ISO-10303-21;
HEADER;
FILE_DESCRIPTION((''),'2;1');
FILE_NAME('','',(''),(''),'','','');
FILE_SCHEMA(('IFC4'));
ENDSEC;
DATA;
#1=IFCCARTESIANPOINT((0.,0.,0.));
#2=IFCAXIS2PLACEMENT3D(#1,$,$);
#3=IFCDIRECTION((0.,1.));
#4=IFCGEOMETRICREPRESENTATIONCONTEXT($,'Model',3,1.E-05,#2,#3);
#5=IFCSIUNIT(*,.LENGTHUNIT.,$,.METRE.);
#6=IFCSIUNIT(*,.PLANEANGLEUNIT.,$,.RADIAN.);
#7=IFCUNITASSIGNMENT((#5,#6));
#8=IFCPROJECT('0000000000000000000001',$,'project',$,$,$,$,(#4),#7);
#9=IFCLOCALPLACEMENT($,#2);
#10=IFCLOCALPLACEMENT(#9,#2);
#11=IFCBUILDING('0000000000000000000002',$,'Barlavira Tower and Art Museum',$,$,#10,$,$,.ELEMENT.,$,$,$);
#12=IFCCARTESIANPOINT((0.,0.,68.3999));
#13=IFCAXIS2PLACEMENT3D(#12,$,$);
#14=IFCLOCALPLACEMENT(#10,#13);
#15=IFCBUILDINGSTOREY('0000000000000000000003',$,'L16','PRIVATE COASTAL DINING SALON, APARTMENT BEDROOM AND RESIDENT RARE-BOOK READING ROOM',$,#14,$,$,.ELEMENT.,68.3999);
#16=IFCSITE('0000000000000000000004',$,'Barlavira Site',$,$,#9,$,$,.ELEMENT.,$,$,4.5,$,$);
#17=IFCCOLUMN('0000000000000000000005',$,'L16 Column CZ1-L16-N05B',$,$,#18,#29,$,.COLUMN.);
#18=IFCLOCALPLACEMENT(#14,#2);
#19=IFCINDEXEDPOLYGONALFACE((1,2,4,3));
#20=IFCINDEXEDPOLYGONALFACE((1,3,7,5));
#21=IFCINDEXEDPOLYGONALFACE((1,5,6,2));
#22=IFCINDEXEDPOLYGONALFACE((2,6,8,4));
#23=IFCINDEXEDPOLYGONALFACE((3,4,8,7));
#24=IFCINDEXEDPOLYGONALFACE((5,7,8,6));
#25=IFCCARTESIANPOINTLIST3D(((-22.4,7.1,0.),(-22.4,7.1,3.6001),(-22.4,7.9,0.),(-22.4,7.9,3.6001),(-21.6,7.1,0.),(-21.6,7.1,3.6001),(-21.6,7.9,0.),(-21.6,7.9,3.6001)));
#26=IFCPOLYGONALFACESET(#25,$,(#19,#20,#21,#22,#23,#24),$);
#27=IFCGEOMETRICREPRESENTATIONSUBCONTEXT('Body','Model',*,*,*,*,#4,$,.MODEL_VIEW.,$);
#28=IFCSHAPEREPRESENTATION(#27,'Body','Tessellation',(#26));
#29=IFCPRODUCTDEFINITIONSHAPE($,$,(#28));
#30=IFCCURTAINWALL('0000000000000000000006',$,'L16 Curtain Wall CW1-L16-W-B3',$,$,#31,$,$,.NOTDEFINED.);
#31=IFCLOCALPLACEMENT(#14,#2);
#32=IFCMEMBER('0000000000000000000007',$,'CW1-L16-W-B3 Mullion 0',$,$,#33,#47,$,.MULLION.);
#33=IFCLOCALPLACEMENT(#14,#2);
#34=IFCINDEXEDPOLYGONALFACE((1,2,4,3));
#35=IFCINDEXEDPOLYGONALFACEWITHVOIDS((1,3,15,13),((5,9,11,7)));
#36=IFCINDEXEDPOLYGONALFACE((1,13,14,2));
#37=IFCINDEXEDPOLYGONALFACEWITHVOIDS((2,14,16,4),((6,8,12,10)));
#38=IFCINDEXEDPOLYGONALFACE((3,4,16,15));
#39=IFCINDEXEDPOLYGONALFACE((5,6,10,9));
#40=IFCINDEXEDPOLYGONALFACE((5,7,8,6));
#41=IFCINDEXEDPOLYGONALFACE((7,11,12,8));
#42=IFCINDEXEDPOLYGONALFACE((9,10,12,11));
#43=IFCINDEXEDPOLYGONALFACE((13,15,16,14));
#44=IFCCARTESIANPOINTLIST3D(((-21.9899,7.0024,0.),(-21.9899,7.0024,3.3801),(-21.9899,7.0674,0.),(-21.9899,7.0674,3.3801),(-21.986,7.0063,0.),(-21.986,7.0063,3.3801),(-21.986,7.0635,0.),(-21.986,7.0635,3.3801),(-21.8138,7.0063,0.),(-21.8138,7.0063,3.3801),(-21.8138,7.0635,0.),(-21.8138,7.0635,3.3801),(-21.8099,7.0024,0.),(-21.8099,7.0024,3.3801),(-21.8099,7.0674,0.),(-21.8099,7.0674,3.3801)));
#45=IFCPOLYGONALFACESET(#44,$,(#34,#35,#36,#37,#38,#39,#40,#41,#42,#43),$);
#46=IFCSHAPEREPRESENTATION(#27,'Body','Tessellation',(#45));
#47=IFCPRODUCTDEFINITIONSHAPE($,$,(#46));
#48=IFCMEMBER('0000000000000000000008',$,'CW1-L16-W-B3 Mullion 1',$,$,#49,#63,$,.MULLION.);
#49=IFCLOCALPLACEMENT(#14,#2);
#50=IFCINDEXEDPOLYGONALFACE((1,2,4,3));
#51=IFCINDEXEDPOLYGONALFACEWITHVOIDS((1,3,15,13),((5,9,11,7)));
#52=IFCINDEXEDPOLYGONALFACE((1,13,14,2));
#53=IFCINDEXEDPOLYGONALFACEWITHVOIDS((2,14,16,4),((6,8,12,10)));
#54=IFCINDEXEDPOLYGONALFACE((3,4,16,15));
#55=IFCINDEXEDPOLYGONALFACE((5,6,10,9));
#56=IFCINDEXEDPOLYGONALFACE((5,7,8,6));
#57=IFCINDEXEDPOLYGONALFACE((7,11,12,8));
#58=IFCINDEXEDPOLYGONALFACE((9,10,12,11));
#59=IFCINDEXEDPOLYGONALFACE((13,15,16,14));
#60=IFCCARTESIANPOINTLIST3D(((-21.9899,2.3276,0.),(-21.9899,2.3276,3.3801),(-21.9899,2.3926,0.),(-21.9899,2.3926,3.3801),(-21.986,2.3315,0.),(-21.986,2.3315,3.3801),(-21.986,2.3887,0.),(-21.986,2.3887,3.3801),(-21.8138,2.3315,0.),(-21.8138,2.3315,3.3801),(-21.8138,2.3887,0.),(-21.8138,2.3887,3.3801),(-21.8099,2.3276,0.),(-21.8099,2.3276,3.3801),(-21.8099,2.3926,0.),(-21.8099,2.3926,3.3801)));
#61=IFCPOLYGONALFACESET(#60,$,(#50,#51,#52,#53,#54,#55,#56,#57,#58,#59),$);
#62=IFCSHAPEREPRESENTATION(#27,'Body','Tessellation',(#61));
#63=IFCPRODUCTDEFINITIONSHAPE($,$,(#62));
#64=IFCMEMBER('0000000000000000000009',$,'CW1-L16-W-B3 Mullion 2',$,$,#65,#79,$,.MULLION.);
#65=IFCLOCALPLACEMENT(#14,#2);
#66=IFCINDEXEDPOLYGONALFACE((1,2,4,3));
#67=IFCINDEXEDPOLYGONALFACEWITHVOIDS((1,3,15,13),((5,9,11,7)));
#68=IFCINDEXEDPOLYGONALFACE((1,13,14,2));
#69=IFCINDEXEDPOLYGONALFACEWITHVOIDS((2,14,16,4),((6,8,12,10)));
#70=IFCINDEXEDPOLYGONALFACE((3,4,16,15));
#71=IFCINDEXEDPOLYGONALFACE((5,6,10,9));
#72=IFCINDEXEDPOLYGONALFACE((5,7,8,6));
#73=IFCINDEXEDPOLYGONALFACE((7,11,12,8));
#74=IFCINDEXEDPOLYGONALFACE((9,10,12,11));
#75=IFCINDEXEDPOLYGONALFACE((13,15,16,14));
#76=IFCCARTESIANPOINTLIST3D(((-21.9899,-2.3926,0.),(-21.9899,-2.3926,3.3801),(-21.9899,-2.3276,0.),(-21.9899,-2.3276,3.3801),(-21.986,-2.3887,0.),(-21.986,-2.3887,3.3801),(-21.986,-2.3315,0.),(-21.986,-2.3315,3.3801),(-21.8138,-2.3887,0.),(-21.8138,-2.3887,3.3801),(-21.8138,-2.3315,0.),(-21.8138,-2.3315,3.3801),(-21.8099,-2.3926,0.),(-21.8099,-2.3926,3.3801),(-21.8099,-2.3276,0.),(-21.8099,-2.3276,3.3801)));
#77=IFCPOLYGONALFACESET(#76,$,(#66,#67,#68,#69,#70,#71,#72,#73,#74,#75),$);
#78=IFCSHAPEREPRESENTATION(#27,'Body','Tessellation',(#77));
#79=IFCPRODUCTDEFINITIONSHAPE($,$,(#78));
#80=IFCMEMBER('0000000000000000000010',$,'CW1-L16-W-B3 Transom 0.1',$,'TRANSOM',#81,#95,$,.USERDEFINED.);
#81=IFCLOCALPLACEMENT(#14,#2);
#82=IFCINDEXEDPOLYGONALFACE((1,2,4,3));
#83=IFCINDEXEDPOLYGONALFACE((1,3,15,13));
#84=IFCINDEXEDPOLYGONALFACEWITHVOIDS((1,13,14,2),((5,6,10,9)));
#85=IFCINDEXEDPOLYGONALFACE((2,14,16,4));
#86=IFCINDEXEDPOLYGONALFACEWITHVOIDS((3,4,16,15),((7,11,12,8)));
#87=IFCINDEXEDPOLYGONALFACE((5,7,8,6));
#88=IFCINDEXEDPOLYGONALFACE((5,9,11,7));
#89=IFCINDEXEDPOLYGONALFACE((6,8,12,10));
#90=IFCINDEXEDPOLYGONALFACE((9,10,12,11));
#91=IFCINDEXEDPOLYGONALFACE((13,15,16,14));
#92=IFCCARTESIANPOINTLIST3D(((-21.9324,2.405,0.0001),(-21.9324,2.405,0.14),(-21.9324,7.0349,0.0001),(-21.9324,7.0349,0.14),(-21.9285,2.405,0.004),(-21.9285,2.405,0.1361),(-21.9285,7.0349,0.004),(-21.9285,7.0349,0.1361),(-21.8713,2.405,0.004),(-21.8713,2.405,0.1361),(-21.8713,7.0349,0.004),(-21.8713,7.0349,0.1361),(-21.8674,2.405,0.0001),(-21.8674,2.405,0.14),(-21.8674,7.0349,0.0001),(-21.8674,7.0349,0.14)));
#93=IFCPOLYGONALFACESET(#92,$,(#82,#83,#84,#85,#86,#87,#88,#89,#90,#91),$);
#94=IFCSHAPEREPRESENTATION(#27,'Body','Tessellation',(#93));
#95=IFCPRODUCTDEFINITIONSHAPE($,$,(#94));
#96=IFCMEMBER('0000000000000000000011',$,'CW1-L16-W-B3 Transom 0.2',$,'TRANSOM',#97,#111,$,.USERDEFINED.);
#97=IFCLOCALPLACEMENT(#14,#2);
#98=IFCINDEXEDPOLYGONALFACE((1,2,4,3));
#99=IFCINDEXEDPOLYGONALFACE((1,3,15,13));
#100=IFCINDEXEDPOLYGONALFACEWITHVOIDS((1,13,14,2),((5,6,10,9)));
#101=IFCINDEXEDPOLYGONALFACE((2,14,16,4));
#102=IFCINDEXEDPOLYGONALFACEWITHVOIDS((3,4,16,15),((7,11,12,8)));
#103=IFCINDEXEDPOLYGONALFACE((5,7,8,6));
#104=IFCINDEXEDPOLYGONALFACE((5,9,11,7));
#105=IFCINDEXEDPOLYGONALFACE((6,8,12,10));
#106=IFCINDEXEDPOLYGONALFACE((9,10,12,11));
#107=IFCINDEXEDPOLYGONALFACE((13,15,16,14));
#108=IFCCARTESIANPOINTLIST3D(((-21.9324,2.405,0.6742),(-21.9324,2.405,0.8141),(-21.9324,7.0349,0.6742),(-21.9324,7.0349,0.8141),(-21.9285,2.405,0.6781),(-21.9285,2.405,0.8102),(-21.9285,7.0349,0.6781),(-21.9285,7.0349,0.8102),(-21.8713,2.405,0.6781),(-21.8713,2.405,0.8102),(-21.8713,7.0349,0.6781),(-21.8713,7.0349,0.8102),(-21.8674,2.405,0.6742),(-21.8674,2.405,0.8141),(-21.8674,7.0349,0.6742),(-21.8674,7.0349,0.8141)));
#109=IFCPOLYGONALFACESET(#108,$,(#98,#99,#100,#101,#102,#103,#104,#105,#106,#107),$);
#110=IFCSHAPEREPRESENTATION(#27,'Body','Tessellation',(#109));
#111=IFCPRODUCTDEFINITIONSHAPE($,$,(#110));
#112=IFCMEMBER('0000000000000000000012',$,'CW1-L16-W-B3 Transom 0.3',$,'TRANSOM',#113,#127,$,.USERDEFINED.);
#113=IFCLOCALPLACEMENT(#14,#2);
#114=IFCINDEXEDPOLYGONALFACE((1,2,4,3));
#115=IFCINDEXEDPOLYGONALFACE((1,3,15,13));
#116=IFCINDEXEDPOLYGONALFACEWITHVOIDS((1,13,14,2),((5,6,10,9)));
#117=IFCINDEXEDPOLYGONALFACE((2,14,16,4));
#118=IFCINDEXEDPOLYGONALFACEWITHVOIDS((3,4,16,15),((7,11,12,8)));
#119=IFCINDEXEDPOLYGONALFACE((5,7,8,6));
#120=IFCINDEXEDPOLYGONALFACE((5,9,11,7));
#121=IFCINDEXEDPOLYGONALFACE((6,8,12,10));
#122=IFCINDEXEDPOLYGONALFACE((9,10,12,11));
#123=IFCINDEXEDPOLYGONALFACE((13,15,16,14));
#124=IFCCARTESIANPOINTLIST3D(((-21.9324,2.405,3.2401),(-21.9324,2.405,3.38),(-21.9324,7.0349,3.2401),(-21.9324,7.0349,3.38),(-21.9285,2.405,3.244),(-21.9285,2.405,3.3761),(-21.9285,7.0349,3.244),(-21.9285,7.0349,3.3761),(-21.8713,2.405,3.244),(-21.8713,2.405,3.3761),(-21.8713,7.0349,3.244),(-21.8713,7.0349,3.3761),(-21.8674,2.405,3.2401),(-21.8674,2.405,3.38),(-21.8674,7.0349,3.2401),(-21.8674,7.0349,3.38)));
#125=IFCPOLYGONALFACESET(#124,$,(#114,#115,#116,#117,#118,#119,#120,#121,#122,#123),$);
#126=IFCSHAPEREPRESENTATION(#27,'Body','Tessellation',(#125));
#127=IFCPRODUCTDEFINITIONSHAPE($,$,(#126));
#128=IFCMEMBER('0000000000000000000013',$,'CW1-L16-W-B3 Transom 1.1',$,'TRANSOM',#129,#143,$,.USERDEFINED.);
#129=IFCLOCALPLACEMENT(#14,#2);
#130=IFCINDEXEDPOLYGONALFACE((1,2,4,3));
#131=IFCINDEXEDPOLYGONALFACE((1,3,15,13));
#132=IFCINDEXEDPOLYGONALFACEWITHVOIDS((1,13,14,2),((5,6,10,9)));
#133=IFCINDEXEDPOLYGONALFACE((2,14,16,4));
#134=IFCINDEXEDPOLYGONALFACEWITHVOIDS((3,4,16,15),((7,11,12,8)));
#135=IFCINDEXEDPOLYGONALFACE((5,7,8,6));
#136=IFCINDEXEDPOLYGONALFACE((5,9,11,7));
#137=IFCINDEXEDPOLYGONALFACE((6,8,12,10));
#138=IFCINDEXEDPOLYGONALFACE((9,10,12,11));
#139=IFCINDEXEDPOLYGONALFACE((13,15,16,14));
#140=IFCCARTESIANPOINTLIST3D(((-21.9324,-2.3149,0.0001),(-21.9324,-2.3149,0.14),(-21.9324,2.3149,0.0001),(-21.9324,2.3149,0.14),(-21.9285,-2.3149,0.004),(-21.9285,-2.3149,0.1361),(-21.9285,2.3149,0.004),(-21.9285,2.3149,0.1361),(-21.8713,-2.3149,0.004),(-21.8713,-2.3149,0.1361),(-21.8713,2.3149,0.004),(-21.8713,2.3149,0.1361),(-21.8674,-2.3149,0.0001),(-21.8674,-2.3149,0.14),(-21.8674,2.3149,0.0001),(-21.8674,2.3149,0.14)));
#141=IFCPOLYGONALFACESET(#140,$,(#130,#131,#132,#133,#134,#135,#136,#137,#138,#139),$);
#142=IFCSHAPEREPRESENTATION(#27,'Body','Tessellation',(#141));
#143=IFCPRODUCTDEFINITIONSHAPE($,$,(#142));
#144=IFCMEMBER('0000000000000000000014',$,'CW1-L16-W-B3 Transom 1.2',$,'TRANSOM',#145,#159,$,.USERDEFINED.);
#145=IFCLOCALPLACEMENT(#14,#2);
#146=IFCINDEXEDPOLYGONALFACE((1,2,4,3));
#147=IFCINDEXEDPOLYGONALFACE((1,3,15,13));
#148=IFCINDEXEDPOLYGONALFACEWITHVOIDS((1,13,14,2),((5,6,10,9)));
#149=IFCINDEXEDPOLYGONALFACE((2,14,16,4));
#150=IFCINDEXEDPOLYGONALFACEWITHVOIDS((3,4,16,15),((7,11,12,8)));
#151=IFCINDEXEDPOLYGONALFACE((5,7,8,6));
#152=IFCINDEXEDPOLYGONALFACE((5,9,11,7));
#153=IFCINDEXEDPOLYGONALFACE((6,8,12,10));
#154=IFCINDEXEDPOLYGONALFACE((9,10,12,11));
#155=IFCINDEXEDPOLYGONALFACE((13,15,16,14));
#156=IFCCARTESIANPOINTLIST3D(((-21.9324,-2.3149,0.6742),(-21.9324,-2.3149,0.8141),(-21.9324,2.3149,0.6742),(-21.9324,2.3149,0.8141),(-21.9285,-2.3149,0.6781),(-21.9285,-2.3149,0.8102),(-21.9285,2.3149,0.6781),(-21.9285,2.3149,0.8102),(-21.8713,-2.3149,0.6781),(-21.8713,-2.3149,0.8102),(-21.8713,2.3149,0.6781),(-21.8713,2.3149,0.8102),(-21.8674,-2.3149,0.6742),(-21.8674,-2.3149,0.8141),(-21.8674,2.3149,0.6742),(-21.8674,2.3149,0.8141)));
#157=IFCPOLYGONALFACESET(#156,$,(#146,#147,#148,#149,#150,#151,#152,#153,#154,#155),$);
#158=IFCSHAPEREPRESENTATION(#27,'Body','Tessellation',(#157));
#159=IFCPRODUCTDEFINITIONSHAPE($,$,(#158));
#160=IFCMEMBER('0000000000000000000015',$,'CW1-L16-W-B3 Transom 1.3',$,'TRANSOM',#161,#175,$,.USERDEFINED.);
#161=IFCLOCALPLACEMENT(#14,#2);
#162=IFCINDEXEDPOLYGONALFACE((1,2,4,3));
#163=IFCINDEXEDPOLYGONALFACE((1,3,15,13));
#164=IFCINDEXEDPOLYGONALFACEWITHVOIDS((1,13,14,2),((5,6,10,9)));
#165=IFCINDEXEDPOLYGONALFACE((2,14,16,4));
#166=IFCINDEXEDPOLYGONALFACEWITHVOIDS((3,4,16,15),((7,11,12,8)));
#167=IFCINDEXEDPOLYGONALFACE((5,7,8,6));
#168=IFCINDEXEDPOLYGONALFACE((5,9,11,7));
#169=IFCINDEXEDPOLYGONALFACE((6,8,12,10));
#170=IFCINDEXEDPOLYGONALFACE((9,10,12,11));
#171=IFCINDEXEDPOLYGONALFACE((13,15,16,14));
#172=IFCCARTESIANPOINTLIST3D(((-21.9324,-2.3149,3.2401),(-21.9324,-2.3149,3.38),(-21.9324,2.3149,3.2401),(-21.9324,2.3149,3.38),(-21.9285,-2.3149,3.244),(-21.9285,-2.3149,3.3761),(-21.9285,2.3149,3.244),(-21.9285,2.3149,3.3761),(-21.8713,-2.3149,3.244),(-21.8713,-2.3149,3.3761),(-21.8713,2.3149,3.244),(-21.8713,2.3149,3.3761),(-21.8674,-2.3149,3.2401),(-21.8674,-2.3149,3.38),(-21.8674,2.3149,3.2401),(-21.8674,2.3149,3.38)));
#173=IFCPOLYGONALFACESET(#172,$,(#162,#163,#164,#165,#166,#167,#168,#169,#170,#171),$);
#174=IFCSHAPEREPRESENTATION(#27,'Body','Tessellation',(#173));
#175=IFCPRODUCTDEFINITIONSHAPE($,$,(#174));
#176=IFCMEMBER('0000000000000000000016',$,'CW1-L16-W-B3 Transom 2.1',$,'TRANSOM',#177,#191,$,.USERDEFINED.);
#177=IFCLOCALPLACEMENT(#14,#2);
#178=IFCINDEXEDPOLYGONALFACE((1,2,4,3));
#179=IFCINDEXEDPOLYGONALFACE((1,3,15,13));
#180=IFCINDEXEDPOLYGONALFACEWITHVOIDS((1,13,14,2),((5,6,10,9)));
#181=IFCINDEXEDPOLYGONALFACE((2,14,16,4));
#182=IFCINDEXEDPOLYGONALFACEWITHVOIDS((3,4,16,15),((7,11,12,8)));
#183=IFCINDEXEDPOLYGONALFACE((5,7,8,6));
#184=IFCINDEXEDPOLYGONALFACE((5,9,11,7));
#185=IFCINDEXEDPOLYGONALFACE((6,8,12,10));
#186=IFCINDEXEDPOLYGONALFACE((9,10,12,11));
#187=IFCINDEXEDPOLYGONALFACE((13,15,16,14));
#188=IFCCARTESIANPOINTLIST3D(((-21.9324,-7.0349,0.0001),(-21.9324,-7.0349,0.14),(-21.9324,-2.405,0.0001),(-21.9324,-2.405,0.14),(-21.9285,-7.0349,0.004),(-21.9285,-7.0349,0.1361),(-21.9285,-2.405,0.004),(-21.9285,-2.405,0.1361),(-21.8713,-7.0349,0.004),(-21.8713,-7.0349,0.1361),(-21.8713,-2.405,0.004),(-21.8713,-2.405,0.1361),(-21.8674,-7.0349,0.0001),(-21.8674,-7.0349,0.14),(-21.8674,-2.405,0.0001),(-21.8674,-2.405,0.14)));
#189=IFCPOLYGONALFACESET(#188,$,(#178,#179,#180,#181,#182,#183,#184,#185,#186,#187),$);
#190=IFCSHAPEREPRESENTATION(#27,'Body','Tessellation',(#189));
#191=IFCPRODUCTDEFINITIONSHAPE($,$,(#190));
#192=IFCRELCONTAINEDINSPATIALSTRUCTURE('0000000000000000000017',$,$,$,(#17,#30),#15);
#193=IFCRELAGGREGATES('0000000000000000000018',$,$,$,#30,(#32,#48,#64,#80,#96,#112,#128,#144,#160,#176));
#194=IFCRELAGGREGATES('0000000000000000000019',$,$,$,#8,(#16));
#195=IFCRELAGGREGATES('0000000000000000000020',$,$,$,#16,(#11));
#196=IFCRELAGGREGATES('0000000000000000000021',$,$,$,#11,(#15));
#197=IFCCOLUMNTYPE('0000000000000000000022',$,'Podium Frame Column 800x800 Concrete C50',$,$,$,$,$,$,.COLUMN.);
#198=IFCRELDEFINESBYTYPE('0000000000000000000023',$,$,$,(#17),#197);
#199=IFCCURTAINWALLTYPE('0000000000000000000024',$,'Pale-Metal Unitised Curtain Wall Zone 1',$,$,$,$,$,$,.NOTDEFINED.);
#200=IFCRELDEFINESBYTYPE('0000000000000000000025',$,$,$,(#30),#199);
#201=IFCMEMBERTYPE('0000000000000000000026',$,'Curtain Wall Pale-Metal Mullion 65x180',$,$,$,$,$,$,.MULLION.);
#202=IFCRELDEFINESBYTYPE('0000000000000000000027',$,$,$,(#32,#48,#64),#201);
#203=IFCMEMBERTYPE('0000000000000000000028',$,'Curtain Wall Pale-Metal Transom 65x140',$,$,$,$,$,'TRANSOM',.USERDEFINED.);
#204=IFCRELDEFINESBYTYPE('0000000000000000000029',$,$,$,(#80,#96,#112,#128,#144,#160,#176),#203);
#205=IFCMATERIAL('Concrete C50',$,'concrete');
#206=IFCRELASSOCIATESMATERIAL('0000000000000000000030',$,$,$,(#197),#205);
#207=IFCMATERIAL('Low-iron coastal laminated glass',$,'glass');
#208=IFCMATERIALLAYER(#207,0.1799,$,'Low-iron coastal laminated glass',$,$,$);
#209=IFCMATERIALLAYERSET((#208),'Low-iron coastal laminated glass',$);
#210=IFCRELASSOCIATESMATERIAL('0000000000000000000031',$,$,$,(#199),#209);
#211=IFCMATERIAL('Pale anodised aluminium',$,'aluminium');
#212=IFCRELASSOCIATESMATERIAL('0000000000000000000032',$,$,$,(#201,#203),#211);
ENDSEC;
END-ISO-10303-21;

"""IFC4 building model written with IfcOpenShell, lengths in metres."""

from ifc_helpers import new_model, si_unit, direction, frame, origin, origin_2d, place, context, subcontext, project, spatial, rectangle, hollow_rectangle, extrude, material, layer, layer_set, material_profile, profile_set, type_object, element, aggregate, save


model = new_model("IFC4")

# Units and contexts
model_context = context("Model", 3, precision=1e-05, world=origin(), true_north=direction((0.0, 1.0)))
body_context = subcontext(model_context, "Body", "Model", "MODEL_VIEW")
ifc_project = project(units=[si_unit("LENGTHUNIT", "METRE"), si_unit("PLANEANGLEUNIT", "RADIAN")], contexts=[model_context])

# Site, building, storey
site_placement = place(None, origin())
site = spatial("IfcSite", under=ifc_project, at=site_placement, Name="Barlavira Site", CompositionType="ELEMENT", RefElevation=4.5)
building_placement = place(site_placement, origin())
building = spatial("IfcBuilding", under=site, at=building_placement, Name="Barlavira Tower and Art Museum", CompositionType="ELEMENT")
storey_placement = place(building_placement, frame((0.0, 0.0, 68.3999)))
storey = spatial("IfcBuildingStorey", under=building, at=storey_placement, Name="L16", Description="PRIVATE COASTAL DINING SALON, APARTMENT BEDROOM AND RESIDENT RARE-BOOK READING ROOM", CompositionType="ELEMENT", Elevation=68.3999)

# Column
ifc_material_1 = material(Name="Concrete C50", Category="concrete")
ifc_material_profile_1 = material_profile(ifc_material_1, rectangle(XDim=0.8, YDim=0.8, at=origin_2d()), Name="RC-COL 800x800")
ifc_profile_set_1 = profile_set([ifc_material_profile_1], Name="Concrete C50")
column_type = type_object("IfcColumnType", Name="Podium Frame Column 800x800 Concrete C50", PredefinedType="COLUMN", material=ifc_profile_set_1)
column_placement = place(storey_placement, frame((-22.0, 7.5, 0.0), z_axis=(0.0, 0.0, 1.0), x_axis=(1.0, 0.0, 0.0)))
element("IfcColumn", 1, at=column_placement, inside=storey, type_object=column_type, Name="L16 Column CZ1-L16-N05B", PredefinedType="COLUMN", context=body_context, shape_type="SweptSolid", body=[
    extrude(rectangle(XDim=0.8, YDim=0.8, at=origin_2d()), origin(), (0.0, 0.0, 1.0), 3.6001),
])

# Curtain wall, members
ifc_material_2 = material(Name="Low-iron coastal laminated glass", Category="glass")
ifc_layer_1 = layer(ifc_material_2, 0.1799, Name="Low-iron coastal laminated glass")
ifc_layer_set_1 = layer_set([ifc_layer_1], Name="Low-iron coastal laminated glass")
curtain_wall_type = type_object("IfcCurtainWallType", Name="Pale-Metal Unitised Curtain Wall Zone 1", PredefinedType="NOTDEFINED", material=ifc_layer_set_1)
curtain_wall_placement = place(storey_placement, origin())
curtain_wall = element("IfcCurtainWall", 2, at=curtain_wall_placement, inside=storey, type_object=curtain_wall_type, Name="L16 Curtain Wall CW1-L16-W-B3", PredefinedType="NOTDEFINED")
ifc_material_3 = material(Name="Pale anodised aluminium", Category="aluminium")
ifc_material_profile_2 = material_profile(ifc_material_3, hollow_rectangle(XDim=0.0649, YDim=0.1799, WallThickness=0.0039, at=origin_2d()), Name="ALU-MULL 65x180x4")
ifc_profile_set_2 = profile_set([ifc_material_profile_2], Name="Pale anodised aluminium")
member_type_1 = type_object("IfcMemberType", Name="Curtain Wall Pale-Metal Mullion 65x180", PredefinedType="MULLION", material=ifc_profile_set_2)
member_1_placement = place(storey_placement, frame((-21.8999, 7.0349, 0.0), z_axis=(0.0, 0.0, 1.0), x_axis=(0.0, -1.0, 0.0)))
member_1 = element("IfcMember", 3, at=member_1_placement, type_object=member_type_1, Name="CW1-L16-W-B3 Mullion 0", PredefinedType="MULLION", context=body_context, shape_type="SweptSolid", body=[
    extrude(hollow_rectangle(XDim=0.0649, YDim=0.1799, WallThickness=0.0039, at=origin_2d()), origin(), (0.0, 0.0, 1.0), 3.3801),
])
member_2_placement = place(storey_placement, frame((-21.8999, 2.3601, 0.0), z_axis=(0.0, 0.0, 1.0), x_axis=(0.0, -1.0, 0.0)))
member_2 = element("IfcMember", 4, at=member_2_placement, type_object=member_type_1, Name="CW1-L16-W-B3 Mullion 1", PredefinedType="MULLION", context=body_context, shape_type="SweptSolid", body=[
    extrude(hollow_rectangle(XDim=0.0649, YDim=0.1799, WallThickness=0.0039, at=origin_2d()), origin(), (0.0, 0.0, 1.0), 3.3801),
])
member_3_placement = place(storey_placement, frame((-21.8999, -2.3601, 0.0), z_axis=(0.0, 0.0, 1.0), x_axis=(0.0, -1.0, 0.0)))
member_3 = element("IfcMember", 5, at=member_3_placement, type_object=member_type_1, Name="CW1-L16-W-B3 Mullion 2", PredefinedType="MULLION", context=body_context, shape_type="SweptSolid", body=[
    extrude(hollow_rectangle(XDim=0.0649, YDim=0.1799, WallThickness=0.0039, at=origin_2d()), origin(), (0.0, 0.0, 1.0), 3.3801),
])
ifc_material_profile_3 = material_profile(ifc_material_3, hollow_rectangle(XDim=0.0649, YDim=0.1399, WallThickness=0.0039, at=origin_2d()), Name="ALU-TRAN 65x140x4")
ifc_profile_set_3 = profile_set([ifc_material_profile_3], Name="Pale anodised aluminium")
member_type_2 = type_object("IfcMemberType", Name="Curtain Wall Pale-Metal Transom 65x140", ElementType="TRANSOM", PredefinedType="USERDEFINED", material=ifc_profile_set_3)
member_4_placement = place(storey_placement, frame((-21.8999, 7.0349, 0.0701), z_axis=(0.0, -1.0, 0.0), x_axis=(1.0, 0.0, 0.0)))
member_4 = element("IfcMember", 6, at=member_4_placement, type_object=member_type_2, Name="CW1-L16-W-B3 Transom 0.1", ObjectType="TRANSOM", PredefinedType="USERDEFINED", context=body_context, shape_type="SweptSolid", body=[
    extrude(hollow_rectangle(XDim=0.0649, YDim=0.1399, WallThickness=0.0039, at=origin_2d()), origin(), (0.0, 0.0, 1.0), 4.6299),
])
member_5_placement = place(storey_placement, frame((-21.8999, 7.0349, 0.7441), z_axis=(0.0, -1.0, 0.0), x_axis=(1.0, 0.0, 0.0)))
member_5 = element("IfcMember", 7, at=member_5_placement, type_object=member_type_2, Name="CW1-L16-W-B3 Transom 0.2", ObjectType="TRANSOM", PredefinedType="USERDEFINED", context=body_context, shape_type="SweptSolid", body=[
    extrude(hollow_rectangle(XDim=0.0649, YDim=0.1399, WallThickness=0.0039, at=origin_2d()), origin(), (0.0, 0.0, 1.0), 4.6299),
])
member_6_placement = place(storey_placement, frame((-21.8999, 7.0349, 3.3101), z_axis=(0.0, -1.0, 0.0), x_axis=(1.0, 0.0, 0.0)))
member_6 = element("IfcMember", 8, at=member_6_placement, type_object=member_type_2, Name="CW1-L16-W-B3 Transom 0.3", ObjectType="TRANSOM", PredefinedType="USERDEFINED", context=body_context, shape_type="SweptSolid", body=[
    extrude(hollow_rectangle(XDim=0.0649, YDim=0.1399, WallThickness=0.0039, at=origin_2d()), origin(), (0.0, 0.0, 1.0), 4.6299),
])
member_7_placement = place(storey_placement, frame((-21.8999, 2.3149, 0.0701), z_axis=(0.0, -1.0, 0.0), x_axis=(1.0, 0.0, 0.0)))
member_7 = element("IfcMember", 9, at=member_7_placement, type_object=member_type_2, Name="CW1-L16-W-B3 Transom 1.1", ObjectType="TRANSOM", PredefinedType="USERDEFINED", context=body_context, shape_type="SweptSolid", body=[
    extrude(hollow_rectangle(XDim=0.0649, YDim=0.1399, WallThickness=0.0039, at=origin_2d()), origin(), (0.0, 0.0, 1.0), 4.6299),
])
member_8_placement = place(storey_placement, frame((-21.8999, 2.3149, 0.7441), z_axis=(0.0, -1.0, 0.0), x_axis=(1.0, 0.0, 0.0)))
member_8 = element("IfcMember", 10, at=member_8_placement, type_object=member_type_2, Name="CW1-L16-W-B3 Transom 1.2", ObjectType="TRANSOM", PredefinedType="USERDEFINED", context=body_context, shape_type="SweptSolid", body=[
    extrude(hollow_rectangle(XDim=0.0649, YDim=0.1399, WallThickness=0.0039, at=origin_2d()), origin(), (0.0, 0.0, 1.0), 4.6299),
])
member_9_placement = place(storey_placement, frame((-21.8999, 2.3149, 3.3101), z_axis=(0.0, -1.0, 0.0), x_axis=(1.0, 0.0, 0.0)))
member_9 = element("IfcMember", 11, at=member_9_placement, type_object=member_type_2, Name="CW1-L16-W-B3 Transom 1.3", ObjectType="TRANSOM", PredefinedType="USERDEFINED", context=body_context, shape_type="SweptSolid", body=[
    extrude(hollow_rectangle(XDim=0.0649, YDim=0.1399, WallThickness=0.0039, at=origin_2d()), origin(), (0.0, 0.0, 1.0), 4.6299),
])
member_10_placement = place(storey_placement, frame((-21.8999, -2.405, 0.0701), z_axis=(0.0, -1.0, 0.0), x_axis=(1.0, 0.0, 0.0)))
member_10 = element("IfcMember", 12, at=member_10_placement, type_object=member_type_2, Name="CW1-L16-W-B3 Transom 2.1", ObjectType="TRANSOM", PredefinedType="USERDEFINED", context=body_context, shape_type="SweptSolid", body=[
    extrude(hollow_rectangle(XDim=0.0649, YDim=0.1399, WallThickness=0.0039, at=origin_2d()), origin(), (0.0, 0.0, 1.0), 4.6299),
])

aggregate(curtain_wall, [member_1, member_2, member_3, member_4, member_5, member_6, member_7, member_8, member_9, member_10])

save(model, "model.ifc")
